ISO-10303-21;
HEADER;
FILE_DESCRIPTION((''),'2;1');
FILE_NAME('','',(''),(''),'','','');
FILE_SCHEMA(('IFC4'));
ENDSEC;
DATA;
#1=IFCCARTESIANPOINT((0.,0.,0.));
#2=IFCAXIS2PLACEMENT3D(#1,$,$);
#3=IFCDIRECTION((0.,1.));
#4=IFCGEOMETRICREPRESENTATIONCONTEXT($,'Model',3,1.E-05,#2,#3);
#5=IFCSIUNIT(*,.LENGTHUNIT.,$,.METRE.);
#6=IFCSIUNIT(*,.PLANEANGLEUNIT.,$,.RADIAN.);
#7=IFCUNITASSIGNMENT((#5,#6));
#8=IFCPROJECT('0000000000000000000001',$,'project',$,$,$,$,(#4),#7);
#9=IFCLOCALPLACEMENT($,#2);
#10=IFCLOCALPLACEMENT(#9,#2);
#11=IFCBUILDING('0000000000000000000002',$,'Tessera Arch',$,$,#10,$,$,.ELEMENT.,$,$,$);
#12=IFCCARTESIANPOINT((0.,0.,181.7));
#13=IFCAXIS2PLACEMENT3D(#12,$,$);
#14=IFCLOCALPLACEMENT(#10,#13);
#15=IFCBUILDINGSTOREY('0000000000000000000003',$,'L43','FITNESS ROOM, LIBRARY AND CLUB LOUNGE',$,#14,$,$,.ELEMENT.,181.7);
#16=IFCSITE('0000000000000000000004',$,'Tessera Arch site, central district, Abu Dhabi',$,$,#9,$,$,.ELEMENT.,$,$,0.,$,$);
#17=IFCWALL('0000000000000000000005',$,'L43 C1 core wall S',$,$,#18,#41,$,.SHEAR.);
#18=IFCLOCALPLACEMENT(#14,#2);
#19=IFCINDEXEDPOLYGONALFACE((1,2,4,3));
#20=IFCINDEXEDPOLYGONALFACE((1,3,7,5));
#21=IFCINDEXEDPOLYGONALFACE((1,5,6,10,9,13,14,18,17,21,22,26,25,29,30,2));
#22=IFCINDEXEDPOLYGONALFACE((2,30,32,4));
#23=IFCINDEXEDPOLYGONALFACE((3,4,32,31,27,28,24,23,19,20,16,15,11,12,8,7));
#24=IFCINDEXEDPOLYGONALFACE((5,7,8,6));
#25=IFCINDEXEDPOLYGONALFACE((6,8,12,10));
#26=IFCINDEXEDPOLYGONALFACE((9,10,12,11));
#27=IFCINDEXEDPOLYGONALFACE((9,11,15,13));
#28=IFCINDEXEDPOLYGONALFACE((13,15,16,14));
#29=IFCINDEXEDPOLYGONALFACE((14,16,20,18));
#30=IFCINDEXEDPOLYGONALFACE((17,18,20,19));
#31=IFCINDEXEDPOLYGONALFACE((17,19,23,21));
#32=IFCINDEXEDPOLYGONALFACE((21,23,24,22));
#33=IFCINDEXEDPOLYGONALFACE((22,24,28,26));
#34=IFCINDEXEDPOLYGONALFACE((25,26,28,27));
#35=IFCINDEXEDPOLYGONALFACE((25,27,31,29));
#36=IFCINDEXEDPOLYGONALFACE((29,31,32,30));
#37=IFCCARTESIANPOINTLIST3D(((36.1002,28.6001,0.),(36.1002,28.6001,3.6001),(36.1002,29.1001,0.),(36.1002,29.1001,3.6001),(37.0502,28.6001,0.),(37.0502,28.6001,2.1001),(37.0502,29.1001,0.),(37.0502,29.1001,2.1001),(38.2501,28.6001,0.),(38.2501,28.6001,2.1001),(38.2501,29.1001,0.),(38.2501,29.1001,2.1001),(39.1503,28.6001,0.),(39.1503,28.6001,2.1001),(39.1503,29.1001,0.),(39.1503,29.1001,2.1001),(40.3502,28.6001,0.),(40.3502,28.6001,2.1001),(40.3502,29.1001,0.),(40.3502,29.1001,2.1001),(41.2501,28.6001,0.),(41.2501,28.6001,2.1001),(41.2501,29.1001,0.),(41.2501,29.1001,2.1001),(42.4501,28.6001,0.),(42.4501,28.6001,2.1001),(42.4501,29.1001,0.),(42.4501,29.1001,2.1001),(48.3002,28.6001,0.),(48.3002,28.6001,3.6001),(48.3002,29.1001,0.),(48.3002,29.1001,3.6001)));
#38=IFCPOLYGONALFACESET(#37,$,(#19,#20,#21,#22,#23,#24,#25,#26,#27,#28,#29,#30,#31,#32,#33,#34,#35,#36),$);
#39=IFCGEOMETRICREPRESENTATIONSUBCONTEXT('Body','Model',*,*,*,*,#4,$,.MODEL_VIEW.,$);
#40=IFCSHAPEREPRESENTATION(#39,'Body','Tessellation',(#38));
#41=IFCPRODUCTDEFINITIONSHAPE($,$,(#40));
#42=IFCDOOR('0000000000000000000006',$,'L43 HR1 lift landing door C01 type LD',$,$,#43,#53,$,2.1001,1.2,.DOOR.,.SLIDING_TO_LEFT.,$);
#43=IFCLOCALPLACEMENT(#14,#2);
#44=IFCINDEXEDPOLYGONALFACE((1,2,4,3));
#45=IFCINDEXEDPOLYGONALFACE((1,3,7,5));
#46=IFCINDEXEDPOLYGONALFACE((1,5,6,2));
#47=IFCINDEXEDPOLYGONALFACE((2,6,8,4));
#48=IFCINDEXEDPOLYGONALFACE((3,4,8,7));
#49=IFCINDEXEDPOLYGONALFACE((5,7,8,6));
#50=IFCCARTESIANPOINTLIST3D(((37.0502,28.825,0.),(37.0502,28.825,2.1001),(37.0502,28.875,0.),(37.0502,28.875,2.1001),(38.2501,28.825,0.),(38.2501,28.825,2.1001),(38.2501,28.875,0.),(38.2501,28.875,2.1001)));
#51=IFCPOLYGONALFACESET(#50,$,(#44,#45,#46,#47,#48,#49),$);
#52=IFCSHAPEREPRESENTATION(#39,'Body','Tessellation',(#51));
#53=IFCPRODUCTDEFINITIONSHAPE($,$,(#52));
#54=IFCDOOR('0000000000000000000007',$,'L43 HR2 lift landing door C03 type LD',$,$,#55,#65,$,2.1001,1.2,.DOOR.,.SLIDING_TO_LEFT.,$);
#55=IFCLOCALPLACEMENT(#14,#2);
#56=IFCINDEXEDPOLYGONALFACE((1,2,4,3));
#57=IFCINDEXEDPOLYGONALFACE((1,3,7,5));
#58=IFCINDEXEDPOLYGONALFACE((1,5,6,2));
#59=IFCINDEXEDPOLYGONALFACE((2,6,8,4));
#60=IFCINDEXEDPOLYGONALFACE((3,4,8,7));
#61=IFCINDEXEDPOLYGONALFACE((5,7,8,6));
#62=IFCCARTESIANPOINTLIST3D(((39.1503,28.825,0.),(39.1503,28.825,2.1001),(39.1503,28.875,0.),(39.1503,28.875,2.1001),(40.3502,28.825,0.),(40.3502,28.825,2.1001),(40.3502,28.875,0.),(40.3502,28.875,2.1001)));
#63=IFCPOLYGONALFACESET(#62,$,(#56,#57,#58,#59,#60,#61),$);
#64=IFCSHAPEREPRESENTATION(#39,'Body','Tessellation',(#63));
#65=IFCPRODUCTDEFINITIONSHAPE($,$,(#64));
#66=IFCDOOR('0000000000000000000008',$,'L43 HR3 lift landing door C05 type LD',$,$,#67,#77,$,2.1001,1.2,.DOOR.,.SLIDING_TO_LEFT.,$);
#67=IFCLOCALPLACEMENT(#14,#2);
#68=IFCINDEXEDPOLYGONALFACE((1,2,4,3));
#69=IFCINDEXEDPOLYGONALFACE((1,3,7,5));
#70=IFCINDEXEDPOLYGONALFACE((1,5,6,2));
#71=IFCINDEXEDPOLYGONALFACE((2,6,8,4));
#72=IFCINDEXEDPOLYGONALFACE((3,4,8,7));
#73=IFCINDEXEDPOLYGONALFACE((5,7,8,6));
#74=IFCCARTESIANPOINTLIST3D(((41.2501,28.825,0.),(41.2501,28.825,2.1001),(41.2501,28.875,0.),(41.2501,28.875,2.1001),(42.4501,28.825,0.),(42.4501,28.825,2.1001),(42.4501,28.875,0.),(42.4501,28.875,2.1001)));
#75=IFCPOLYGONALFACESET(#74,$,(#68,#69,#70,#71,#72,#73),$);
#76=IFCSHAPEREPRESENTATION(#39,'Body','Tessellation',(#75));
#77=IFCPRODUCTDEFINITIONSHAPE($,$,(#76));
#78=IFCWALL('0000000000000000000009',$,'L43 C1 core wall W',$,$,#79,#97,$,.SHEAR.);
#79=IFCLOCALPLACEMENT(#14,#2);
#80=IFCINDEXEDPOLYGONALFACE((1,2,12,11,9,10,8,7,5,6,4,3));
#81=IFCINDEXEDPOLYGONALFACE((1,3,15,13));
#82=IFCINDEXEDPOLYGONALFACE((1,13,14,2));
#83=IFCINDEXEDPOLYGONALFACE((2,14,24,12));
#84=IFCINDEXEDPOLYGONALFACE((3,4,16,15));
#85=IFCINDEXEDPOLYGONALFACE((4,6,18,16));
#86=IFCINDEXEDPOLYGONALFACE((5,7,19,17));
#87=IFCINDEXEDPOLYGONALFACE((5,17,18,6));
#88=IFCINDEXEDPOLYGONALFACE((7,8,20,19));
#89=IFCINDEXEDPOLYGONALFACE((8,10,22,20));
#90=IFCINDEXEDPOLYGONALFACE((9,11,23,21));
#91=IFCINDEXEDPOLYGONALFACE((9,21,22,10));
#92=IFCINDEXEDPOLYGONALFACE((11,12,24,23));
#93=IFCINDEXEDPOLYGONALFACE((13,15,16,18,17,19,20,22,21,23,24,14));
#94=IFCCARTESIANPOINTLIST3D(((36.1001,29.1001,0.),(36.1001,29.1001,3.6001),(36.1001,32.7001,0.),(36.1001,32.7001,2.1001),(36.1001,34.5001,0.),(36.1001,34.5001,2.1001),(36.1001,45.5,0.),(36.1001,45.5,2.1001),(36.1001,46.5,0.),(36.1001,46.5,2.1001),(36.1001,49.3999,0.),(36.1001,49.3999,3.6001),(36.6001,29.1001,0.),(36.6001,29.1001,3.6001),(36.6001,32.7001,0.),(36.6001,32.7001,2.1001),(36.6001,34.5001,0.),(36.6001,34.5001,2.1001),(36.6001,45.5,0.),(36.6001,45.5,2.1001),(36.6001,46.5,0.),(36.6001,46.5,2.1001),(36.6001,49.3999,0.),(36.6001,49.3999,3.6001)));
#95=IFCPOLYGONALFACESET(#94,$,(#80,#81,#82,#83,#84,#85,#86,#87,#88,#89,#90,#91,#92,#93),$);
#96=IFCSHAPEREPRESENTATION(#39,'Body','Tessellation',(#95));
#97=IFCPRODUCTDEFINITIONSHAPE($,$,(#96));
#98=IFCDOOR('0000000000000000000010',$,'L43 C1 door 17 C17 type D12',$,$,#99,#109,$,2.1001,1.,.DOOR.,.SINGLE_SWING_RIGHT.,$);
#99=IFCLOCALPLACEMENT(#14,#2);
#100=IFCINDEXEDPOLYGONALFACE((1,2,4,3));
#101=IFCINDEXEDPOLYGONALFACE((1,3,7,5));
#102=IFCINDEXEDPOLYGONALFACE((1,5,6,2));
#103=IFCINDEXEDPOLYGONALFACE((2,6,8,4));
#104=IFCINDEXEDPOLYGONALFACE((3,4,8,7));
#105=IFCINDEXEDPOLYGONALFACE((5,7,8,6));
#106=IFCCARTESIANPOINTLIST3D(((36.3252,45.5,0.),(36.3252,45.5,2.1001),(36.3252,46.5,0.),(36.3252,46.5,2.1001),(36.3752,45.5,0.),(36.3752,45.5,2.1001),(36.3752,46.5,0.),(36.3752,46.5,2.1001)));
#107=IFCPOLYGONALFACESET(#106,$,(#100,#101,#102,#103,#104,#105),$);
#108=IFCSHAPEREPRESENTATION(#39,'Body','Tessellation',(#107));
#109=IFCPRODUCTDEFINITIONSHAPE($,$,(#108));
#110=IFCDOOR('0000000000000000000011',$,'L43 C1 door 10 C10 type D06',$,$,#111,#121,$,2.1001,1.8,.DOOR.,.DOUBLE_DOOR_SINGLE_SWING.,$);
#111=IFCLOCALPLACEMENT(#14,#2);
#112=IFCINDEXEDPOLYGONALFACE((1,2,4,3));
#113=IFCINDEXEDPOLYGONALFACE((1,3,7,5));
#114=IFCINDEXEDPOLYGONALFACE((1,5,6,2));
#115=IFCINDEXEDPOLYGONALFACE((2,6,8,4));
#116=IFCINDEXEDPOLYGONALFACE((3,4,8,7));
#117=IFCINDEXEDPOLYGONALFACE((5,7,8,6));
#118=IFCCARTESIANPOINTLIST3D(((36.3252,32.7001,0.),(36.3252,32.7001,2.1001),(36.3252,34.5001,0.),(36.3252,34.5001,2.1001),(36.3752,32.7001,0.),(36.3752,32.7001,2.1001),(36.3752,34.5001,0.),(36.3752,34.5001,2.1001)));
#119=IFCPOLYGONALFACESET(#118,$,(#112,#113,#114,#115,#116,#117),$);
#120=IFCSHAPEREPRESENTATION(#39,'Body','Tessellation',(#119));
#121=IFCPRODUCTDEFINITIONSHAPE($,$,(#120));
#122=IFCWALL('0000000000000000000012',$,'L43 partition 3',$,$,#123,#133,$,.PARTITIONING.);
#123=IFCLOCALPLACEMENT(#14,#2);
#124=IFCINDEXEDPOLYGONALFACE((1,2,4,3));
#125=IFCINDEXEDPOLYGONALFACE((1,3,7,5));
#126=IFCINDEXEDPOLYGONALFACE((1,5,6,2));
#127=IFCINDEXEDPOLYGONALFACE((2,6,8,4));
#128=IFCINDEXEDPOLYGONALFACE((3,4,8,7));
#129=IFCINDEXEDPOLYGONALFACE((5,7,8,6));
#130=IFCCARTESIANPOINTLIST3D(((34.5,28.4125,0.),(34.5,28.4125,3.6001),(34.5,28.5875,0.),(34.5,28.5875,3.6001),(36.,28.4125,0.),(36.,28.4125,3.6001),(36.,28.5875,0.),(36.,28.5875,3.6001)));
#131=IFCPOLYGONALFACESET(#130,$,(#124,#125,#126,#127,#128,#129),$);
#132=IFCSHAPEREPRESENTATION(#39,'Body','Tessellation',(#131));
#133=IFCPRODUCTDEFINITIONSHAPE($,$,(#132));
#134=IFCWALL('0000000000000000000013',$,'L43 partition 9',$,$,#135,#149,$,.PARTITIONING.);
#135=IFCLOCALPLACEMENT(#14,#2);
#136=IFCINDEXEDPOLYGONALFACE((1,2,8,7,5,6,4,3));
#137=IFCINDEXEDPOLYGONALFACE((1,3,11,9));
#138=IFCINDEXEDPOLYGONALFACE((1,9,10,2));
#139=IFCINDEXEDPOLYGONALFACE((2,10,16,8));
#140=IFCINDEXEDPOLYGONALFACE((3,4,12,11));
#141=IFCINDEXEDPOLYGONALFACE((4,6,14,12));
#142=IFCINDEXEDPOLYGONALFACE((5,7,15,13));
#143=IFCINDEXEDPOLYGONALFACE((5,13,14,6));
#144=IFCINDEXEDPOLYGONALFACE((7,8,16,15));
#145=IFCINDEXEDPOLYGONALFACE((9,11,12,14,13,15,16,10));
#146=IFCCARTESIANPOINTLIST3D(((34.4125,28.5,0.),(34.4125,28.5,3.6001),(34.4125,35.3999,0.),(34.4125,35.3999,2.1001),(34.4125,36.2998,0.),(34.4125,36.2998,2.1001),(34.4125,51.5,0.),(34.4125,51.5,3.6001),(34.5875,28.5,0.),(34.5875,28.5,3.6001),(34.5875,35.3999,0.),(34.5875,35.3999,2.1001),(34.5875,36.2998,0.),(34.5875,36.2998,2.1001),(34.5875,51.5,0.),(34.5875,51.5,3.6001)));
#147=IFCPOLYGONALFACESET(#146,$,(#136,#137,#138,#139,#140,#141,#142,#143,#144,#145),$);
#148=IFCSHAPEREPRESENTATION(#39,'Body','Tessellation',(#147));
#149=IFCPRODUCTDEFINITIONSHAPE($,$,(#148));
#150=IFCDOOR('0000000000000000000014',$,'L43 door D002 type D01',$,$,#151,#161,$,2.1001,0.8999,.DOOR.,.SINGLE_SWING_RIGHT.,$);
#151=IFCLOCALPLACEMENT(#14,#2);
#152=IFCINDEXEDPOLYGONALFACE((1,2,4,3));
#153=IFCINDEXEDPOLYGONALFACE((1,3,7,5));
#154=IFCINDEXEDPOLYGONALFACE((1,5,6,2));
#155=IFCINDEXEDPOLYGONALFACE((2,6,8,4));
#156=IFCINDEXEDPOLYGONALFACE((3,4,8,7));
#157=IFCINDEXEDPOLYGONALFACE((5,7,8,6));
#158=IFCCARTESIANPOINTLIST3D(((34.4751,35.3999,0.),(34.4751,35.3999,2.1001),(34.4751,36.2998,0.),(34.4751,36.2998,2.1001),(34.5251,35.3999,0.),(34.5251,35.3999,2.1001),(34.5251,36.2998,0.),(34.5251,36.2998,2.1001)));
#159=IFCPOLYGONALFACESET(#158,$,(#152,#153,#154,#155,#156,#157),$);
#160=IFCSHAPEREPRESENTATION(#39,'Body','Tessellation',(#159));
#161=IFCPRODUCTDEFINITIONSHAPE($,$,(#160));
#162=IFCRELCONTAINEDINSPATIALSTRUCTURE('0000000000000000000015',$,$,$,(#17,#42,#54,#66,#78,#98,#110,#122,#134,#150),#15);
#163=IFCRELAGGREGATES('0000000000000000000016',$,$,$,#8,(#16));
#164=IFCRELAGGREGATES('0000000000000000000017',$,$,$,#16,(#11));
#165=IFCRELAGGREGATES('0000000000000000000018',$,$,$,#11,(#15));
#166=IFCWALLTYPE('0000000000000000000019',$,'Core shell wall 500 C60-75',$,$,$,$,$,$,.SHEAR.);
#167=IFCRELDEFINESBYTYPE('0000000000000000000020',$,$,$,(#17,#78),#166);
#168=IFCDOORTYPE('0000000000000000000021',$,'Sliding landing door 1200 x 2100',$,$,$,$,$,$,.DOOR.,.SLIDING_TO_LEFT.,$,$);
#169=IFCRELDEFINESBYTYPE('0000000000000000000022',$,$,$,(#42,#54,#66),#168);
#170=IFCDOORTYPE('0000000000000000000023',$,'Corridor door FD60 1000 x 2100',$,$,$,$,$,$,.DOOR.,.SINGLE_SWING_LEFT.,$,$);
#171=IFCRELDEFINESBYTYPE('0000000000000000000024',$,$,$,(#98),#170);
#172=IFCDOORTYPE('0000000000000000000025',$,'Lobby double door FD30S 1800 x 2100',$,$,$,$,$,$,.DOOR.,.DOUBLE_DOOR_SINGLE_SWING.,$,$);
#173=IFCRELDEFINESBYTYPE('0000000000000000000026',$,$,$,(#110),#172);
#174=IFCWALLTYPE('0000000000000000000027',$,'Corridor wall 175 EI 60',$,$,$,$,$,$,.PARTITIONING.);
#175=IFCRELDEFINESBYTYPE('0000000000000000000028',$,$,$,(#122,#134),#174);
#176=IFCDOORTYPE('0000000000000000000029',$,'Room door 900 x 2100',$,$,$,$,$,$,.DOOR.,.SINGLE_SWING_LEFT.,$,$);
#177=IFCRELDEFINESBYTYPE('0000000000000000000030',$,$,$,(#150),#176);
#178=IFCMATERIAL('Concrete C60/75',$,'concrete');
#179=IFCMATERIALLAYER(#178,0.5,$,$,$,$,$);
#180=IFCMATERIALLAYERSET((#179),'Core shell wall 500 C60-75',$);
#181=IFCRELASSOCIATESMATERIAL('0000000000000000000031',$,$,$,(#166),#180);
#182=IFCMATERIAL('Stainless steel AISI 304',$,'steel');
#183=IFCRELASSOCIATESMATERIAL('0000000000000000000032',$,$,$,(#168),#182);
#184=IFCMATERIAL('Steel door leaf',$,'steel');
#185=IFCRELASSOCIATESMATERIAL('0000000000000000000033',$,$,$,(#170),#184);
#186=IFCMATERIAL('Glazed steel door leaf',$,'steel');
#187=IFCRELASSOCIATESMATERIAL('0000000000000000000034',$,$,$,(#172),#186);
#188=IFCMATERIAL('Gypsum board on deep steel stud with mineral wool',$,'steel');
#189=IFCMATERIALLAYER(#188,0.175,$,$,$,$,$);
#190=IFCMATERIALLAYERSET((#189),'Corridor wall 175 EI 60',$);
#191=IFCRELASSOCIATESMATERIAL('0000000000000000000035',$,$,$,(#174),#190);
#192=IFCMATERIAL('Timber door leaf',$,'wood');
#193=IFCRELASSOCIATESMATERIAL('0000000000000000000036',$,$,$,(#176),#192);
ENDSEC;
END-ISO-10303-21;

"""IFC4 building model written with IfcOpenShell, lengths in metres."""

from ifc_helpers import new_model, si_unit, direction, frame, frame_2d, origin, place, context, subcontext, project, spatial, rectangle, extrude, material, layer, layer_set, type_object, element, fill, save


model = new_model("IFC4")

# Units and contexts
model_context = context("Model", 3, precision=1e-05, world=origin(), true_north=direction((0.0, 1.0)))
body_context = subcontext(model_context, "Body", "Model", "MODEL_VIEW")
ifc_project = project(units=[si_unit("LENGTHUNIT", "METRE"), si_unit("PLANEANGLEUNIT", "RADIAN")], contexts=[model_context])

# Site, building, storey
site_placement = place(None, origin())
site = spatial("IfcSite", under=ifc_project, at=site_placement, Name="Tessera Arch site, central district, Abu Dhabi", CompositionType="ELEMENT", RefElevation=0.0)
building_placement = place(site_placement, origin())
building = spatial("IfcBuilding", under=site, at=building_placement, Name="Tessera Arch", CompositionType="ELEMENT")
storey_placement = place(building_placement, frame((0.0, 0.0, 181.7)))
storey = spatial("IfcBuildingStorey", under=building, at=storey_placement, Name="L43", Description="FITNESS ROOM, LIBRARY AND CLUB LOUNGE", CompositionType="ELEMENT", Elevation=181.7)

# Walls, openings, doors
ifc_material_1 = material(Name="Concrete C60/75", Category="concrete")
ifc_layer_1 = layer(ifc_material_1, 0.5)
ifc_layer_set_1 = layer_set([ifc_layer_1], Name="Core shell wall 500 C60-75")
wall_type_1 = type_object("IfcWallType", Name="Core shell wall 500 C60-75", PredefinedType="SHEAR", material=ifc_layer_set_1)
wall_1_placement = place(storey_placement, frame((36.1001, 28.8501, 0.0), z_axis=(0.0, 0.0, 1.0), x_axis=(1.0, 0.0, 0.0)))
wall_1 = element("IfcWall", 1, at=wall_1_placement, inside=storey, type_object=wall_type_1, Name="L43 C1 core wall S", PredefinedType="SHEAR", context=body_context, shape_type="SweptSolid", body=[
    extrude(rectangle(XDim=12.2, YDim=0.5, at=frame_2d((6.1001, 0.0))), origin(), (0.0, 0.0, 1.0), 3.6001),
])
opening_1_placement = place(wall_1_placement, frame((0.95, 0.0, 0.0)))
opening_1 = element("IfcOpeningElement", 2, at=opening_1_placement, cuts=wall_1, PredefinedType="OPENING", context=body_context, shape_type="SweptSolid", body=[
    extrude(rectangle(XDim=1.2, YDim=2.1001, at=frame_2d((0.6001, 1.05))), frame((0.0, 0.26, 0.0), z_axis=(0.0, -1.0, 0.0), x_axis=(1.0, 0.0, 0.0)), (0.0, 0.0, 1.0), 0.52),
])
opening_2_placement = place(wall_1_placement, frame((3.05, 0.0, 0.0)))
opening_2 = element("IfcOpeningElement", 3, at=opening_2_placement, cuts=wall_1, PredefinedType="OPENING", context=body_context, shape_type="SweptSolid", body=[
    extrude(rectangle(XDim=1.2, YDim=2.1001, at=frame_2d((0.6001, 1.05))), frame((0.0, 0.26, 0.0), z_axis=(0.0, -1.0, 0.0), x_axis=(1.0, 0.0, 0.0)), (0.0, 0.0, 1.0), 0.52),
])
opening_3_placement = place(wall_1_placement, frame((5.1499, 0.0, 0.0)))
opening_3 = element("IfcOpeningElement", 4, at=opening_3_placement, cuts=wall_1, PredefinedType="OPENING", context=body_context, shape_type="SweptSolid", body=[
    extrude(rectangle(XDim=1.2, YDim=2.1001, at=frame_2d((0.6001, 1.05))), frame((0.0, 0.26, 0.0), z_axis=(0.0, -1.0, 0.0), x_axis=(1.0, 0.0, 0.0)), (0.0, 0.0, 1.0), 0.52),
])
ifc_material_2 = material(Name="Stainless steel AISI 304", Category="steel")
door_type_1 = type_object("IfcDoorType", Name="Sliding landing door 1200 x 2100", OperationType="SLIDING_TO_LEFT", PredefinedType="DOOR", material=ifc_material_2)
door_1_placement = place(opening_1_placement, origin())
door_1 = element("IfcDoor", 5, at=door_1_placement, inside=storey, type_object=door_type_1, Name="L43 HR1 lift landing door C01 type LD", OperationType="SLIDING_TO_LEFT", OverallHeight=2.1001, OverallWidth=1.2, PredefinedType="DOOR", context=body_context, shape_type="SweptSolid", body=[
    extrude(rectangle(XDim=1.2, YDim=2.1001, at=frame_2d((0.6001, 1.05))), frame((0.0, 0.0249, 0.0), z_axis=(0.0, -1.0, 0.0), x_axis=(1.0, 0.0, 0.0)), (0.0, 0.0, 1.0), 0.05),
])
fill(opening_1, door_1)
door_2_placement = place(opening_2_placement, origin())
door_2 = element("IfcDoor", 6, at=door_2_placement, inside=storey, type_object=door_type_1, Name="L43 HR2 lift landing door C03 type LD", OperationType="SLIDING_TO_LEFT", OverallHeight=2.1001, OverallWidth=1.2, PredefinedType="DOOR", context=body_context, shape_type="SweptSolid", body=[
    extrude(rectangle(XDim=1.2, YDim=2.1001, at=frame_2d((0.6001, 1.05))), frame((0.0, 0.0249, 0.0), z_axis=(0.0, -1.0, 0.0), x_axis=(1.0, 0.0, 0.0)), (0.0, 0.0, 1.0), 0.05),
])
fill(opening_2, door_2)
door_3_placement = place(opening_3_placement, origin())
door_3 = element("IfcDoor", 7, at=door_3_placement, inside=storey, type_object=door_type_1, Name="L43 HR3 lift landing door C05 type LD", OperationType="SLIDING_TO_LEFT", OverallHeight=2.1001, OverallWidth=1.2, PredefinedType="DOOR", context=body_context, shape_type="SweptSolid", body=[
    extrude(rectangle(XDim=1.2, YDim=2.1001, at=frame_2d((0.6001, 1.05))), frame((0.0, 0.0249, 0.0), z_axis=(0.0, -1.0, 0.0), x_axis=(1.0, 0.0, 0.0)), (0.0, 0.0, 1.0), 0.05),
])
fill(opening_3, door_3)
wall_2_placement = place(storey_placement, frame((36.3501, 29.1001, 0.0), z_axis=(0.0, 0.0, 1.0), x_axis=(0.0, 1.0, 0.0)))
wall_2 = element("IfcWall", 8, at=wall_2_placement, inside=storey, type_object=wall_type_1, Name="L43 C1 core wall W", PredefinedType="SHEAR", context=body_context, shape_type="SweptSolid", body=[
    extrude(rectangle(XDim=20.2998, YDim=0.5, at=frame_2d((10.1499, 0.0))), origin(), (0.0, 0.0, 1.0), 3.6001),
])
opening_4_placement = place(wall_2_placement, frame((3.6001, 0.0, 0.0)))
opening_4 = element("IfcOpeningElement", 9, at=opening_4_placement, cuts=wall_2, PredefinedType="OPENING", context=body_context, shape_type="SweptSolid", body=[
    extrude(rectangle(XDim=1.8, YDim=2.1001, at=frame_2d((0.8999, 1.05))), frame((0.0, 0.26, 0.0), z_axis=(0.0, -1.0, 0.0), x_axis=(1.0, 0.0, 0.0)), (0.0, 0.0, 1.0), 0.52),
])
opening_5_placement = place(wall_2_placement, frame((16.3999, 0.0, 0.0)))
opening_5 = element("IfcOpeningElement", 10, at=opening_5_placement, cuts=wall_2, PredefinedType="OPENING", context=body_context, shape_type="SweptSolid", body=[
    extrude(rectangle(XDim=1.0, YDim=2.1001, at=frame_2d((0.5, 1.05))), frame((0.0, 0.26, 0.0), z_axis=(0.0, -1.0, 0.0), x_axis=(1.0, 0.0, 0.0)), (0.0, 0.0, 1.0), 0.52),
])
ifc_material_3 = material(Name="Steel door leaf", Category="steel")
door_type_2 = type_object("IfcDoorType", Name="Corridor door FD60 1000 x 2100", OperationType="SINGLE_SWING_LEFT", PredefinedType="DOOR", material=ifc_material_3)
door_4_placement = place(opening_5_placement, origin())
door_4 = element("IfcDoor", 11, at=door_4_placement, inside=storey, type_object=door_type_2, Name="L43 C1 door 17 C17 type D12", OperationType="SINGLE_SWING_RIGHT", OverallHeight=2.1001, OverallWidth=1.0, PredefinedType="DOOR", context=body_context, shape_type="SweptSolid", body=[
    extrude(rectangle(XDim=1.0, YDim=2.1001, at=frame_2d((0.5, 1.05))), frame((0.0, 0.0249, 0.0), z_axis=(0.0, -1.0, 0.0), x_axis=(1.0, 0.0, 0.0)), (0.0, 0.0, 1.0), 0.05),
])
fill(opening_5, door_4)
ifc_material_4 = material(Name="Glazed steel door leaf", Category="steel")
door_type_3 = type_object("IfcDoorType", Name="Lobby double door FD30S 1800 x 2100", OperationType="DOUBLE_DOOR_SINGLE_SWING", PredefinedType="DOOR", material=ifc_material_4)
door_5_placement = place(opening_4_placement, origin())
door_5 = element("IfcDoor", 12, at=door_5_placement, inside=storey, type_object=door_type_3, Name="L43 C1 door 10 C10 type D06", OperationType="DOUBLE_DOOR_SINGLE_SWING", OverallHeight=2.1001, OverallWidth=1.8, PredefinedType="DOOR", context=body_context, shape_type="SweptSolid", body=[
    extrude(rectangle(XDim=1.8, YDim=2.1001, at=frame_2d((0.8999, 1.05))), frame((0.0, 0.0249, 0.0), z_axis=(0.0, -1.0, 0.0), x_axis=(1.0, 0.0, 0.0)), (0.0, 0.0, 1.0), 0.05),
])
fill(opening_4, door_5)

# Wall
ifc_material_5 = material(Name="Gypsum board on deep steel stud with mineral wool", Category="steel")
ifc_layer_2 = layer(ifc_material_5, 0.175)
ifc_layer_set_2 = layer_set([ifc_layer_2], Name="Corridor wall 175 EI 60")
wall_type_2 = type_object("IfcWallType", Name="Corridor wall 175 EI 60", PredefinedType="PARTITIONING", material=ifc_layer_set_2)
wall_3_placement = place(storey_placement, frame((34.5, 28.5, 0.0), z_axis=(0.0, 0.0, 1.0), x_axis=(1.0, 0.0, 0.0)))
element("IfcWall", 13, at=wall_3_placement, inside=storey, type_object=wall_type_2, Name="L43 partition 3", PredefinedType="PARTITIONING", context=body_context, shape_type="SweptSolid", body=[
    extrude(rectangle(XDim=1.5, YDim=0.175, at=frame_2d((0.75, 0.0))), origin(), (0.0, 0.0, 1.0), 3.6001),
])

# Wall, opening, door
wall_4_placement = place(storey_placement, frame((34.5, 28.5, 0.0), z_axis=(0.0, 0.0, 1.0), x_axis=(0.0, 1.0, 0.0)))
wall_4 = element("IfcWall", 14, at=wall_4_placement, inside=storey, type_object=wall_type_2, Name="L43 partition 9", PredefinedType="PARTITIONING", context=body_context, shape_type="SweptSolid", body=[
    extrude(rectangle(XDim=23.0, YDim=0.175, at=frame_2d((11.5, 0.0))), origin(), (0.0, 0.0, 1.0), 3.6001),
])
opening_6_placement = place(wall_4_placement, frame((6.8999, 0.0, 0.0)))
opening_6 = element("IfcOpeningElement", 15, at=opening_6_placement, cuts=wall_4, PredefinedType="OPENING", context=body_context, shape_type="SweptSolid", body=[
    extrude(rectangle(XDim=0.8999, YDim=2.1001, at=frame_2d((0.45, 1.05))), frame((0.0, 0.0974, 0.0), z_axis=(0.0, -1.0, 0.0), x_axis=(1.0, 0.0, 0.0)), (0.0, 0.0, 1.0), 0.1951),
])
ifc_material_6 = material(Name="Timber door leaf", Category="wood")
door_type_4 = type_object("IfcDoorType", Name="Room door 900 x 2100", OperationType="SINGLE_SWING_LEFT", PredefinedType="DOOR", material=ifc_material_6)
door_6_placement = place(opening_6_placement, origin())
door_6 = element("IfcDoor", 16, at=door_6_placement, inside=storey, type_object=door_type_4, Name="L43 door D002 type D01", OperationType="SINGLE_SWING_RIGHT", OverallHeight=2.1001, OverallWidth=0.8999, PredefinedType="DOOR", context=body_context, shape_type="SweptSolid", body=[
    extrude(rectangle(XDim=0.8999, YDim=2.1001, at=frame_2d((0.45, 1.05))), frame((0.0, 0.0249, 0.0), z_axis=(0.0, -1.0, 0.0), x_axis=(1.0, 0.0, 0.0)), (0.0, 0.0, 1.0), 0.05),
])
fill(opening_6, door_6)

save(model, "model.ifc")
